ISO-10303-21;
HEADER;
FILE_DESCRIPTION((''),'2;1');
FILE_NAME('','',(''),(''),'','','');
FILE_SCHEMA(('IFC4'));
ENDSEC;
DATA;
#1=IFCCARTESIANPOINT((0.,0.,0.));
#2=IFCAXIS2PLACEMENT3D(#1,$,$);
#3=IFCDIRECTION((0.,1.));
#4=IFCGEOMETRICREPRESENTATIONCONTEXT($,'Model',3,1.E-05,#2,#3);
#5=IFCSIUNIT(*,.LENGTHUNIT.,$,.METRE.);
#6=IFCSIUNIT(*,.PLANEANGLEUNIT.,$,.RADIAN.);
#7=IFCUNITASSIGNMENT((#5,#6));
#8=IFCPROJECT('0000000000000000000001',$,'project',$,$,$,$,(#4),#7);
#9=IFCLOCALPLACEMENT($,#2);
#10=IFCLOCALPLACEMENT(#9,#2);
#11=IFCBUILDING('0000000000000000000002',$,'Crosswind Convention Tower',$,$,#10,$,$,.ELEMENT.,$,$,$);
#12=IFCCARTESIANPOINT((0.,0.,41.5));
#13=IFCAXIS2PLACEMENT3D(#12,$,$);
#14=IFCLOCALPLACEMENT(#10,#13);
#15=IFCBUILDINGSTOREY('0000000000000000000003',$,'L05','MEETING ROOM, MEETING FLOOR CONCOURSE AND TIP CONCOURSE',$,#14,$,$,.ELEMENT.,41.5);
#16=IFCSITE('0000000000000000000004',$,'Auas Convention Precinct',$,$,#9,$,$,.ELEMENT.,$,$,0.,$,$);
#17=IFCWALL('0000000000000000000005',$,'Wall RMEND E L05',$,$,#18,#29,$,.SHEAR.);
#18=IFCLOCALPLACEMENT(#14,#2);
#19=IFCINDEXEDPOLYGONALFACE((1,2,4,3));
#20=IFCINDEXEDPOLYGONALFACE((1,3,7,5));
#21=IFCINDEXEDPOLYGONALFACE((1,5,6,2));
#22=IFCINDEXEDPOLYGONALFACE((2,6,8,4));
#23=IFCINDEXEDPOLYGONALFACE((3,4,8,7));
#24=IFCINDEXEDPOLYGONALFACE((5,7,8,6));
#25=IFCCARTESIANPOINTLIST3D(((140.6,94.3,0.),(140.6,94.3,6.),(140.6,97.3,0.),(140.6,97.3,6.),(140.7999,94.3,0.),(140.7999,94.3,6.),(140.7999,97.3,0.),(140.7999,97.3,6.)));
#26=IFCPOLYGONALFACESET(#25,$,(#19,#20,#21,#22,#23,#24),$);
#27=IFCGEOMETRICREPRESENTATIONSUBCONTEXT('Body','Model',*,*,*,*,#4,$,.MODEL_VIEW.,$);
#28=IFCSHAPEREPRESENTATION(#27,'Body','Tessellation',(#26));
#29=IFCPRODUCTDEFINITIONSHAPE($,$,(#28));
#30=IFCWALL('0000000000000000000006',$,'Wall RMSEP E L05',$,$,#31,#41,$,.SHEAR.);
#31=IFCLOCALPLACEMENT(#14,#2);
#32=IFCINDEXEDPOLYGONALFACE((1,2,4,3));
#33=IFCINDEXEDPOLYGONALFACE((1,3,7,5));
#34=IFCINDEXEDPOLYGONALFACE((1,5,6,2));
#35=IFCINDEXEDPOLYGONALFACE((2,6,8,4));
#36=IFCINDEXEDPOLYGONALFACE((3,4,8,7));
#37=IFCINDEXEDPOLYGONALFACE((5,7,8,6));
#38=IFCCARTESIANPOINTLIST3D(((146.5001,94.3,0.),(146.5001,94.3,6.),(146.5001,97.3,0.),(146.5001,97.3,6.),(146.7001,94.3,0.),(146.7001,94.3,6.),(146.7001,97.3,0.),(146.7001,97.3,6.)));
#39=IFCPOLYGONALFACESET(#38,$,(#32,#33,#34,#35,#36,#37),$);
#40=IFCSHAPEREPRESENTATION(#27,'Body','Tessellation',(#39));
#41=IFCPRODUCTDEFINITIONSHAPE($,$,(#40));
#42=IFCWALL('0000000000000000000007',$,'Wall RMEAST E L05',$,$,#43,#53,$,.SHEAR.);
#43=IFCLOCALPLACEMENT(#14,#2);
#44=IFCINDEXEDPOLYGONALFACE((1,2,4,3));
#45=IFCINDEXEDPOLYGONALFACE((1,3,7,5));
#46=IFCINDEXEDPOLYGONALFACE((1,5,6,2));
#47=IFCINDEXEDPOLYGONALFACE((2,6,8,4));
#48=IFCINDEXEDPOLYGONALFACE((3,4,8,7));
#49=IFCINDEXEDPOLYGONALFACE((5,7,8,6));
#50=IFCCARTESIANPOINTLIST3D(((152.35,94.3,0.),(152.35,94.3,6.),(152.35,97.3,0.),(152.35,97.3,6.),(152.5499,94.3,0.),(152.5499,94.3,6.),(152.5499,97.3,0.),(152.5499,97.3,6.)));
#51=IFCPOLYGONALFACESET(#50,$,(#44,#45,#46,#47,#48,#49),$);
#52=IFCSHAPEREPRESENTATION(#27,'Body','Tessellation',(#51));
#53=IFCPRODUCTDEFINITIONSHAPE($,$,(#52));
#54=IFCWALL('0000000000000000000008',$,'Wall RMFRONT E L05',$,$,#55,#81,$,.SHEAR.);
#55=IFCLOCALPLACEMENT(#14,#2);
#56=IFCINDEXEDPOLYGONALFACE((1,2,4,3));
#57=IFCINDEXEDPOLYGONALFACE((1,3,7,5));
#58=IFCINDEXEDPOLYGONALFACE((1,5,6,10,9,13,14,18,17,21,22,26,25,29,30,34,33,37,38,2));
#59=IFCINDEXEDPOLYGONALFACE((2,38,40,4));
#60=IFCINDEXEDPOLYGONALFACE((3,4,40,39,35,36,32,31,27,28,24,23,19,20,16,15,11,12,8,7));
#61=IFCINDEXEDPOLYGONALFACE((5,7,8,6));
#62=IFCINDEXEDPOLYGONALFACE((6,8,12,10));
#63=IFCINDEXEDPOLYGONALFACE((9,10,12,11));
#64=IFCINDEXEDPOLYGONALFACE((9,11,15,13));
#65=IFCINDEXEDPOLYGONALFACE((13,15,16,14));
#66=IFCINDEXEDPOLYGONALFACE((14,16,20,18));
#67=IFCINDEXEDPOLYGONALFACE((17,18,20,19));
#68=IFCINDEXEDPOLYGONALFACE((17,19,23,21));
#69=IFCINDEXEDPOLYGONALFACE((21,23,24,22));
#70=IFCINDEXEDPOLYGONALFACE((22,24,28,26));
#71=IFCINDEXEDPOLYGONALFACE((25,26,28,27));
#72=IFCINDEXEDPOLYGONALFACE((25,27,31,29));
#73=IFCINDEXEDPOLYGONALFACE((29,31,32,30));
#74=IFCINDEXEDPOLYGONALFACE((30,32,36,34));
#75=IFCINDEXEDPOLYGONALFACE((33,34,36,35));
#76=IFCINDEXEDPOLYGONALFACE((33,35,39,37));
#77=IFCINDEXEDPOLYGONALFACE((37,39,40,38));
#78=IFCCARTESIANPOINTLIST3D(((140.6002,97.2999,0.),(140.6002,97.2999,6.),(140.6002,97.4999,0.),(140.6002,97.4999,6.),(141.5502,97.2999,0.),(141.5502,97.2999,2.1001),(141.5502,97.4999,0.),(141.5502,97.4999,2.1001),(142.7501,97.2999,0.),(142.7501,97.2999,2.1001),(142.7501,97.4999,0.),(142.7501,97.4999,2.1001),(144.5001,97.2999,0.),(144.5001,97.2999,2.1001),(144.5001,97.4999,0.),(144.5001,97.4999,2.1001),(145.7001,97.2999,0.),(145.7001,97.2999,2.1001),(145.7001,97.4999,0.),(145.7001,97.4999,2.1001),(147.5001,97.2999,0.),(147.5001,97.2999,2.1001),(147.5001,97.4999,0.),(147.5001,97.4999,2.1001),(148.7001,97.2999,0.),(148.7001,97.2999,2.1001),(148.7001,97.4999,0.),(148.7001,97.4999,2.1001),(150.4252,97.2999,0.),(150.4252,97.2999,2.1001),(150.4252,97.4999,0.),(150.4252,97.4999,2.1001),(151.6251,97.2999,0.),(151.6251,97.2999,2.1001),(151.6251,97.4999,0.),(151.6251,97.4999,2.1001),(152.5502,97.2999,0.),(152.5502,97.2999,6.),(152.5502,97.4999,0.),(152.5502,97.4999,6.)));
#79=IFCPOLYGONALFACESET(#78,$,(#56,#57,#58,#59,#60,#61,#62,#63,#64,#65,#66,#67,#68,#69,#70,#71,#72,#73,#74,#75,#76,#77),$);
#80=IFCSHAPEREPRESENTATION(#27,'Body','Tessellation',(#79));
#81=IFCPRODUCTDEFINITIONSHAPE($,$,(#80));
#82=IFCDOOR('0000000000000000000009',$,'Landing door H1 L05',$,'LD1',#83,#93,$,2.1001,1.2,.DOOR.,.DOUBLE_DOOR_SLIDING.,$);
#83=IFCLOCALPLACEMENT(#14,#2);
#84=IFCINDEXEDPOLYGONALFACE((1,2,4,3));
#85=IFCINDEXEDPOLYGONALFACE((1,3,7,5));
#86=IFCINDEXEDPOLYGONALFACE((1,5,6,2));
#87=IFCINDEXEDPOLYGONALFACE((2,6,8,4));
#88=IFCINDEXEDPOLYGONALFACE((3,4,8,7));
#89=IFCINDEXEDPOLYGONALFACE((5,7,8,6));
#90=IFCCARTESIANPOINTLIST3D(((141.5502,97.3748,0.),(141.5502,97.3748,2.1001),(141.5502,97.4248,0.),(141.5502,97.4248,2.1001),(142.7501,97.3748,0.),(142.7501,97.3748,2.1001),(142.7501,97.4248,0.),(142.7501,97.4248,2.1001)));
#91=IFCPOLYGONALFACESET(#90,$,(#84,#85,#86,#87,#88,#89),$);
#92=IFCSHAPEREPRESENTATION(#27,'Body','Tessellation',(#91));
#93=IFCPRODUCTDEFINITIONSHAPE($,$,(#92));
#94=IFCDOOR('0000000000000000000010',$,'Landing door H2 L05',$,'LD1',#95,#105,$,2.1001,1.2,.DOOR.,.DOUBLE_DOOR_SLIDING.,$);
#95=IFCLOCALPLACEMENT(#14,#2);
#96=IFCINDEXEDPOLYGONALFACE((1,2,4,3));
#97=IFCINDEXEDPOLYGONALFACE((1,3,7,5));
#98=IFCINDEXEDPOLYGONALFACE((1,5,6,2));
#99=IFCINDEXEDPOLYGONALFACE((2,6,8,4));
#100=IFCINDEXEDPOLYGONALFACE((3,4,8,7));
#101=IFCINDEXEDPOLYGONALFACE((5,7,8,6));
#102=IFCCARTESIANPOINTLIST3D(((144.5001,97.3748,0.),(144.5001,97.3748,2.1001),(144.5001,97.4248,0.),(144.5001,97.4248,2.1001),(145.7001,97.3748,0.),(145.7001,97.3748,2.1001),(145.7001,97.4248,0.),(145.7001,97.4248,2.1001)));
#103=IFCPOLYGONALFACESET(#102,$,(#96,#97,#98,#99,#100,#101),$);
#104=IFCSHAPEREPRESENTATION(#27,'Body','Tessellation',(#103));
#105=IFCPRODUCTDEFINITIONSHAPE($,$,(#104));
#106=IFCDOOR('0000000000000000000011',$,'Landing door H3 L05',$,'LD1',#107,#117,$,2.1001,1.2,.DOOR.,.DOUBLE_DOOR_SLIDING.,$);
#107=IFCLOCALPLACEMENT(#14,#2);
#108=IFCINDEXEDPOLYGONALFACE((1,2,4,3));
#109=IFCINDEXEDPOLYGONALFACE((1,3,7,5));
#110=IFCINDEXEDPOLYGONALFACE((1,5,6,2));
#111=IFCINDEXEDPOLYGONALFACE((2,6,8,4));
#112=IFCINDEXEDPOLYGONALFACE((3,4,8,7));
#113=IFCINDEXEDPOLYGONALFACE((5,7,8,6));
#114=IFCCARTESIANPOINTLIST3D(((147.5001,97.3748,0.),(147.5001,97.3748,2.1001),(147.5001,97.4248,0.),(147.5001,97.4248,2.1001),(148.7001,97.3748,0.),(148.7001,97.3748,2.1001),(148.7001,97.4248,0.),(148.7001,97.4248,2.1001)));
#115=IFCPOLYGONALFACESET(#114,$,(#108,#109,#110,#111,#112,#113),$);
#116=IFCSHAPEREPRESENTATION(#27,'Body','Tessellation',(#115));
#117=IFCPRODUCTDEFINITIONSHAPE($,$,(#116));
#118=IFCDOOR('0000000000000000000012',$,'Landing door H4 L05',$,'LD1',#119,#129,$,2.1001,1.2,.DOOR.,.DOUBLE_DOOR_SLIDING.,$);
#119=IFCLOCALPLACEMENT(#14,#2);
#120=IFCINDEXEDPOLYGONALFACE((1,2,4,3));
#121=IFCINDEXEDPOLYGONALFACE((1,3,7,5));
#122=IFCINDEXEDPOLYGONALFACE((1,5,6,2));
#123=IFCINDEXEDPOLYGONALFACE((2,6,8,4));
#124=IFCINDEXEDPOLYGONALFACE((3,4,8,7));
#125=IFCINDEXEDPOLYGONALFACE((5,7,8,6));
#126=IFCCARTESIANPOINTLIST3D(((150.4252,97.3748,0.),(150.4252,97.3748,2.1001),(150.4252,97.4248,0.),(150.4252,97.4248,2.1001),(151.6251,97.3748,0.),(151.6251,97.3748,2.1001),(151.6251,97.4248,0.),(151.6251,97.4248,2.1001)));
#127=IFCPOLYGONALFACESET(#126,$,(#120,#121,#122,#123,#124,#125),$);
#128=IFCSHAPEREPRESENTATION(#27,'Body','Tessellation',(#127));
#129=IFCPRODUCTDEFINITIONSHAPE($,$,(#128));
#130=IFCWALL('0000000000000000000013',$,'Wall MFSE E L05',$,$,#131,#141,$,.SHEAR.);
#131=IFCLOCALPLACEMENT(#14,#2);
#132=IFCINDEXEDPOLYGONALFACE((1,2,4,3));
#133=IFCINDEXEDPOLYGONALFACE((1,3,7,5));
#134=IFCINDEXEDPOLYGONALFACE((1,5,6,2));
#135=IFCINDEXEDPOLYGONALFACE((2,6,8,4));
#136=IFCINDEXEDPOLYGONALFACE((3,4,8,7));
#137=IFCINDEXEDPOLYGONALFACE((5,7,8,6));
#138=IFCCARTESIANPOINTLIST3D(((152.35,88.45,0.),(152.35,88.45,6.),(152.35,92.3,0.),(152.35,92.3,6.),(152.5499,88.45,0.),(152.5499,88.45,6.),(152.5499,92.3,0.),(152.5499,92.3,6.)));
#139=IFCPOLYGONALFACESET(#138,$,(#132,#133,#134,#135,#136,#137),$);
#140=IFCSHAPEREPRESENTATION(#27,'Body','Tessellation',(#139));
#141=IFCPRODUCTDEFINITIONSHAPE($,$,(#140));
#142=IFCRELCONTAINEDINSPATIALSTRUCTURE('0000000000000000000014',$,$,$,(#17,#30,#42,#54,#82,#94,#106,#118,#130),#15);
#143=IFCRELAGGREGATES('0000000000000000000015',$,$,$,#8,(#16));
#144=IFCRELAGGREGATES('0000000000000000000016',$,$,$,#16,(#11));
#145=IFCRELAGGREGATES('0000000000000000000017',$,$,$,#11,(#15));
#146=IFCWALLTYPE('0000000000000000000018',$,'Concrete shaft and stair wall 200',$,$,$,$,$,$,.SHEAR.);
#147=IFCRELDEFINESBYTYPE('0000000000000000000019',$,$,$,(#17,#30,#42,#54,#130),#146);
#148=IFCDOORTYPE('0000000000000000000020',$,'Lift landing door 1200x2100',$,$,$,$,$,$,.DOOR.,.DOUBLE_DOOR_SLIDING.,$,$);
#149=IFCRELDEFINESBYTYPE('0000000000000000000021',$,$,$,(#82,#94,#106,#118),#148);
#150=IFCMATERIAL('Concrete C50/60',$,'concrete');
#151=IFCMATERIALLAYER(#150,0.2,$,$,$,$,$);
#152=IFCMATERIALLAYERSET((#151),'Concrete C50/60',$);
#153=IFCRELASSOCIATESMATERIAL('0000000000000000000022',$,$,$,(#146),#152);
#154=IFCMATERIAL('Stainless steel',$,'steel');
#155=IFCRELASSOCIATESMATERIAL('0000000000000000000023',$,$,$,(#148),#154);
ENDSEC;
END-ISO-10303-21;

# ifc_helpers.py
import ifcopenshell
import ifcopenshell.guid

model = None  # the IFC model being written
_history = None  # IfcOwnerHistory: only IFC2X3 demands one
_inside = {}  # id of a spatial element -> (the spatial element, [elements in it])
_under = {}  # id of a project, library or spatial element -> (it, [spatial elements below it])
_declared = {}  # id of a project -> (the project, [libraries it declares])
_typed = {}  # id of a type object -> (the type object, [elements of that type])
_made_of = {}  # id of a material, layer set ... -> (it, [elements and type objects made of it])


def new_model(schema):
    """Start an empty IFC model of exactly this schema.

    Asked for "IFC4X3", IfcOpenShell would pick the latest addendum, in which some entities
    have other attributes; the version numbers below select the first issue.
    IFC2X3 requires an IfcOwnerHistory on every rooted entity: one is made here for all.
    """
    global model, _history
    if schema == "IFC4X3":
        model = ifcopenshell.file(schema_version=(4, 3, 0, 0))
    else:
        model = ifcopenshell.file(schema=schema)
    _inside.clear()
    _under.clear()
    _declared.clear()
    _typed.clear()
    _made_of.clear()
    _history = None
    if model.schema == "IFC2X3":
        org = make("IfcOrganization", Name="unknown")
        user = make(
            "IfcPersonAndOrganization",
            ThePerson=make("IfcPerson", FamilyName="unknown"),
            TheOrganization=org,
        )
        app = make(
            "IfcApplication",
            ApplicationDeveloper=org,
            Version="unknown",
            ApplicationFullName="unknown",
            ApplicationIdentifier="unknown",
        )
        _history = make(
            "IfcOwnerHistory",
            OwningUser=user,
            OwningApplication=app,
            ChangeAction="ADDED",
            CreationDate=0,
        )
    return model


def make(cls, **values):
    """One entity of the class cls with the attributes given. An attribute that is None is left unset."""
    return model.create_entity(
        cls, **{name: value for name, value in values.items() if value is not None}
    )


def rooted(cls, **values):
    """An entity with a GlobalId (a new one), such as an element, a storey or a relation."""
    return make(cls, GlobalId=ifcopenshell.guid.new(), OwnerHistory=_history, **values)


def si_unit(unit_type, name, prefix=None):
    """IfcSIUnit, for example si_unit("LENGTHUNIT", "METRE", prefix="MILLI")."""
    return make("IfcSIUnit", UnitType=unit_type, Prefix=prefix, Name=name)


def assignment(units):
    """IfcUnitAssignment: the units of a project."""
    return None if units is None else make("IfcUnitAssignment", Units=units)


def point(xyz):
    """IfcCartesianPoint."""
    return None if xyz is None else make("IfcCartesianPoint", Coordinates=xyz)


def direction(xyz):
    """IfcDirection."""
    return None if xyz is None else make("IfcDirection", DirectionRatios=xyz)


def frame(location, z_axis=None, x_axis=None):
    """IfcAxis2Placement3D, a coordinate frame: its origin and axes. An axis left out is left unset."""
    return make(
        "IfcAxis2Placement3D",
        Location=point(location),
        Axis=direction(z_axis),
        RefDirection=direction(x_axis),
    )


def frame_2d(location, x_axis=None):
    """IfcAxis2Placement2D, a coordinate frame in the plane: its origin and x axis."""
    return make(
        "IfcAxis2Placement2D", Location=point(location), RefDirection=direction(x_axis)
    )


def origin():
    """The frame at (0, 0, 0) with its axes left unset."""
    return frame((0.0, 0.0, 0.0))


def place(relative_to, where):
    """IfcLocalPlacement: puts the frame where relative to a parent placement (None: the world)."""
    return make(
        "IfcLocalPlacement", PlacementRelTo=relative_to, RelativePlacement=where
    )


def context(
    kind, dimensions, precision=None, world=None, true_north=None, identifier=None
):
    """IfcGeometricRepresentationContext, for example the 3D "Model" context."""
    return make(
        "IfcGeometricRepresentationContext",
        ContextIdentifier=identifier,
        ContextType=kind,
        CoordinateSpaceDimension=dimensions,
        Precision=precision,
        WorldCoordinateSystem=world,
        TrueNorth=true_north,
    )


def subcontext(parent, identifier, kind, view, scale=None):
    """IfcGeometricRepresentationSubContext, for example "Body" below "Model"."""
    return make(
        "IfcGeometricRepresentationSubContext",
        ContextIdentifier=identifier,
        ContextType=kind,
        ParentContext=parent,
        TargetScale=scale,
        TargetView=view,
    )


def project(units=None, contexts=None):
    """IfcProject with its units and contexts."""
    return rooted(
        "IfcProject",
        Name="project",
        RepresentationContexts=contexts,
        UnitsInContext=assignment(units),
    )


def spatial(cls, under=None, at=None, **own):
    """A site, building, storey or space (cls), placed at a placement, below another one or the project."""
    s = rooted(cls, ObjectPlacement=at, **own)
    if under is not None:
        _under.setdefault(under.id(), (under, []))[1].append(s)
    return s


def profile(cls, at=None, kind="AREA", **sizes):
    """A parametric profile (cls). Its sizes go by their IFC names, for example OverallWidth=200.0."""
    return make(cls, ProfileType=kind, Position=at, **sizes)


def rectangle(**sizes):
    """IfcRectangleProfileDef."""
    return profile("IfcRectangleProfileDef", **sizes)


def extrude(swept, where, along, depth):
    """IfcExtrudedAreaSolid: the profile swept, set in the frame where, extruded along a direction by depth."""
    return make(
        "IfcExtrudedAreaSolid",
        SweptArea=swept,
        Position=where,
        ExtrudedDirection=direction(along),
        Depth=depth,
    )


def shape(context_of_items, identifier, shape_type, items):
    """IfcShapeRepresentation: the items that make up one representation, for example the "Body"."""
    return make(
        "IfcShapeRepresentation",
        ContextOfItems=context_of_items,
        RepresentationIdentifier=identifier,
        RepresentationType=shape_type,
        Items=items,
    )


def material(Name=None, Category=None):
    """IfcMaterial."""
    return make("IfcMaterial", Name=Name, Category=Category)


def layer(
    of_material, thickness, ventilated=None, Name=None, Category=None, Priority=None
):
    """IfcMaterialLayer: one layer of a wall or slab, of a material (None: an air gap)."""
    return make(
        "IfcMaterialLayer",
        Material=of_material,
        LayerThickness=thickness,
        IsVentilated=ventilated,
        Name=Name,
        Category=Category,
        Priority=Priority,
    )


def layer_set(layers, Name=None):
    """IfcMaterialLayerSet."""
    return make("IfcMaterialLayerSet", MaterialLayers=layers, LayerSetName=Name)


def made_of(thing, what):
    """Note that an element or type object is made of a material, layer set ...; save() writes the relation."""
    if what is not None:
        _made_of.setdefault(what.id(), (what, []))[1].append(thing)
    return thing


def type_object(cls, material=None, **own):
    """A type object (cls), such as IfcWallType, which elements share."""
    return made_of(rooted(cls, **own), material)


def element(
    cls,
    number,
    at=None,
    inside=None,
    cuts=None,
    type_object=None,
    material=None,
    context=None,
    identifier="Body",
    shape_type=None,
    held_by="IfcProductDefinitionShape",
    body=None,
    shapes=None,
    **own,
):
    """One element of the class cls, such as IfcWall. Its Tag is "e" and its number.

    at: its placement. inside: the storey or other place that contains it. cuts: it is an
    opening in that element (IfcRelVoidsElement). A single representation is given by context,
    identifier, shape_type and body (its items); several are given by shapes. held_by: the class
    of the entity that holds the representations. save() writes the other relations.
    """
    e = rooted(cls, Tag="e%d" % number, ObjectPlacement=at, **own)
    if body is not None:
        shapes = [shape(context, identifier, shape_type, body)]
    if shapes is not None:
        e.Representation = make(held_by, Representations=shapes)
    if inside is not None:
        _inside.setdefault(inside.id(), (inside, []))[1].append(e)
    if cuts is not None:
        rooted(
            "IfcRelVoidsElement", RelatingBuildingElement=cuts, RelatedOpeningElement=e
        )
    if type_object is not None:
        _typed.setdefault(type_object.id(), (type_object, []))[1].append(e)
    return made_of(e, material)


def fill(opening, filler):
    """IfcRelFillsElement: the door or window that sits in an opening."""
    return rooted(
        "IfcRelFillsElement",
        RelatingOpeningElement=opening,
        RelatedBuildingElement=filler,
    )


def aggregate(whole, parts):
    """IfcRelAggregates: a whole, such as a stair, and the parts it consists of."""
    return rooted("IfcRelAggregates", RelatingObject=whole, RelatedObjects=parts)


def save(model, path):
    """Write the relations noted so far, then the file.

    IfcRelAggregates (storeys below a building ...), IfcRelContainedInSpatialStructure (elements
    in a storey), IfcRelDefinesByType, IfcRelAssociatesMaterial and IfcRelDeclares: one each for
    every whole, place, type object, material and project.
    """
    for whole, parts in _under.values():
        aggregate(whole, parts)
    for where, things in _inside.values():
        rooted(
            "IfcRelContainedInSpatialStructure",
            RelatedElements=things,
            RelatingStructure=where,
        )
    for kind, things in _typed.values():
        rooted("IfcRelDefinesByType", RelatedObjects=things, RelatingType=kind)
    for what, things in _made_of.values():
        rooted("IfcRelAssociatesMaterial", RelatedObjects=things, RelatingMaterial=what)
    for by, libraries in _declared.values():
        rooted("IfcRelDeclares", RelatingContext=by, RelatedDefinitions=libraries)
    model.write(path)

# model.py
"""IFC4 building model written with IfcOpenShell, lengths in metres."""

from ifc_helpers import new_model, si_unit, direction, frame, frame_2d, origin, place, context, subcontext, project, spatial, rectangle, extrude, material, layer, layer_set, type_object, element, fill, save


model = new_model("IFC4")

# Units and contexts
model_context = context("Model", 3, precision=1e-05, world=origin(), true_north=direction((0.0, 1.0)))
body_context = subcontext(model_context, "Body", "Model", "MODEL_VIEW")
ifc_project = project(units=[si_unit("LENGTHUNIT", "METRE"), si_unit("PLANEANGLEUNIT", "RADIAN")], contexts=[model_context])

# Site, building, storey
site_placement = place(None, origin())
site = spatial("IfcSite", under=ifc_project, at=site_placement, Name="Auas Convention Precinct", CompositionType="ELEMENT", RefElevation=0.0)
building_placement = place(site_placement, origin())
building = spatial("IfcBuilding", under=site, at=building_placement, Name="Crosswind Convention Tower", CompositionType="ELEMENT")
storey_placement = place(building_placement, frame((0.0, 0.0, 41.5)))
storey = spatial("IfcBuildingStorey", under=building, at=storey_placement, Name="L05", Description="MEETING ROOM, MEETING FLOOR CONCOURSE AND TIP CONCOURSE", CompositionType="ELEMENT", Elevation=41.5)

# Walls
ifc_material_1 = material(Name="Concrete C50/60", Category="concrete")
ifc_layer_1 = layer(ifc_material_1, 0.2)
ifc_layer_set_1 = layer_set([ifc_layer_1], Name="Concrete C50/60")
wall_type_1 = type_object("IfcWallType", Name="Concrete shaft and stair wall 200", PredefinedType="SHEAR", material=ifc_layer_set_1)
for number, where, z_axis, x_axis, name in (
    (1, (140.7, 94.3, 0.0), (0.0, 0.0, 1.0), (0.0, 1.0, 0.0), "Wall RMEND E L05"),
    (2, (146.6001, 94.3, 0.0), (0.0, 0.0, 1.0), (0.0, 1.0, 0.0), "Wall RMSEP E L05"),
    (3, (152.45, 94.3, 0.0), (0.0, 0.0, 1.0), (0.0, 1.0, 0.0), "Wall RMEAST E L05"),
):
    element("IfcWall", number, at=place(storey_placement, frame(where, z_axis=z_axis, x_axis=x_axis)), inside=storey, type_object=wall_type_1, Name=name, PredefinedType="SHEAR", context=body_context, shape_type="SweptSolid", body=[
        extrude(rectangle(XDim=3.0, YDim=0.2, at=frame_2d((1.5, 0.0))), origin(), (0.0, 0.0, 1.0), 6.0),
    ])

# Wall, openings, doors
wall_1_placement = place(storey_placement, frame((140.6001, 97.3999, 0.0), z_axis=(0.0, 0.0, 1.0), x_axis=(1.0, 0.0, 0.0)))
wall_1 = element("IfcWall", 4, at=wall_1_placement, inside=storey, type_object=wall_type_1, Name="Wall RMFRONT E L05", PredefinedType="SHEAR", context=body_context, shape_type="SweptSolid", body=[
    extrude(rectangle(XDim=11.95, YDim=0.2, at=frame_2d((5.9751, 0.0))), origin(), (0.0, 0.0, 1.0), 6.0),
])
opening_1_placement = place(wall_1_placement, frame((0.95, 0.0, 0.0)))
opening_1 = element("IfcOpeningElement", 5, at=opening_1_placement, cuts=wall_1, PredefinedType="OPENING", context=body_context, shape_type="SweptSolid", body=[
    extrude(rectangle(XDim=1.2, YDim=2.1001, at=frame_2d((0.6001, 1.05))), frame((0.0, 0.1099, 0.0), z_axis=(0.0, -1.0, 0.0), x_axis=(1.0, 0.0, 0.0)), (0.0, 0.0, 1.0), 0.22),
])
opening_2_placement = place(wall_1_placement, frame((3.8999, 0.0, 0.0)))
opening_2 = element("IfcOpeningElement", 6, at=opening_2_placement, cuts=wall_1, PredefinedType="OPENING", context=body_context, shape_type="SweptSolid", body=[
    extrude(rectangle(XDim=1.2, YDim=2.1001, at=frame_2d((0.6001, 1.05))), frame((0.0, 0.1099, 0.0), z_axis=(0.0, -1.0, 0.0), x_axis=(1.0, 0.0, 0.0)), (0.0, 0.0, 1.0), 0.22),
])
opening_3_placement = place(wall_1_placement, frame((6.8999, 0.0, 0.0)))
opening_3 = element("IfcOpeningElement", 7, at=opening_3_placement, cuts=wall_1, PredefinedType="OPENING", context=body_context, shape_type="SweptSolid", body=[
    extrude(rectangle(XDim=1.2, YDim=2.1001, at=frame_2d((0.6001, 1.05))), frame((0.0, 0.1099, 0.0), z_axis=(0.0, -1.0, 0.0), x_axis=(1.0, 0.0, 0.0)), (0.0, 0.0, 1.0), 0.22),
])
opening_4_placement = place(wall_1_placement, frame((9.825, 0.0, 0.0)))
opening_4 = element("IfcOpeningElement", 8, at=opening_4_placement, cuts=wall_1, PredefinedType="OPENING", context=body_context, shape_type="SweptSolid", body=[
    extrude(rectangle(XDim=1.2, YDim=2.1001, at=frame_2d((0.6001, 1.05))), frame((0.0, 0.1099, 0.0), z_axis=(0.0, -1.0, 0.0), x_axis=(1.0, 0.0, 0.0)), (0.0, 0.0, 1.0), 0.22),
])
ifc_material_2 = material(Name="Stainless steel", Category="steel")
door_type_1 = type_object("IfcDoorType", Name="Lift landing door 1200x2100", OperationType="DOUBLE_DOOR_SLIDING", PredefinedType="DOOR", material=ifc_material_2)
door_1_placement = place(opening_1_placement, origin())
door_1 = element("IfcDoor", 9, at=door_1_placement, inside=storey, type_object=door_type_1, Name="Landing door H1 L05", ObjectType="LD1", OperationType="DOUBLE_DOOR_SLIDING", OverallHeight=2.1001, OverallWidth=1.2, PredefinedType="DOOR", context=body_context, shape_type="SweptSolid", body=[
    extrude(rectangle(XDim=1.2, YDim=2.1001, at=frame_2d((0.6001, 1.05))), frame((0.0, 0.0249, 0.0), z_axis=(0.0, -1.0, 0.0), x_axis=(1.0, 0.0, 0.0)), (0.0, 0.0, 1.0), 0.05),
])
fill(opening_1, door_1)
door_2_placement = place(opening_2_placement, origin())
door_2 = element("IfcDoor", 10, at=door_2_placement, inside=storey, type_object=door_type_1, Name="Landing door H2 L05", ObjectType="LD1", OperationType="DOUBLE_DOOR_SLIDING", OverallHeight=2.1001, OverallWidth=1.2, PredefinedType="DOOR", context=body_context, shape_type="SweptSolid", body=[
    extrude(rectangle(XDim=1.2, YDim=2.1001, at=frame_2d((0.6001, 1.05))), frame((0.0, 0.0249, 0.0), z_axis=(0.0, -1.0, 0.0), x_axis=(1.0, 0.0, 0.0)), (0.0, 0.0, 1.0), 0.05),
])
fill(opening_2, door_2)
door_3_placement = place(opening_3_placement, origin())
door_3 = element("IfcDoor", 11, at=door_3_placement, inside=storey, type_object=door_type_1, Name="Landing door H3 L05", ObjectType="LD1", OperationType="DOUBLE_DOOR_SLIDING", OverallHeight=2.1001, OverallWidth=1.2, PredefinedType="DOOR", context=body_context, shape_type="SweptSolid", body=[
    extrude(rectangle(XDim=1.2, YDim=2.1001, at=frame_2d((0.6001, 1.05))), frame((0.0, 0.0249, 0.0), z_axis=(0.0, -1.0, 0.0), x_axis=(1.0, 0.0, 0.0)), (0.0, 0.0, 1.0), 0.05),
])
fill(opening_3, door_3)
door_4_placement = place(opening_4_placement, origin())
door_4 = element("IfcDoor", 12, at=door_4_placement, inside=storey, type_object=door_type_1, Name="Landing door H4 L05", ObjectType="LD1", OperationType="DOUBLE_DOOR_SLIDING", OverallHeight=2.1001, OverallWidth=1.2, PredefinedType="DOOR", context=body_context, shape_type="SweptSolid", body=[
    extrude(rectangle(XDim=1.2, YDim=2.1001, at=frame_2d((0.6001, 1.05))), frame((0.0, 0.0249, 0.0), z_axis=(0.0, -1.0, 0.0), x_axis=(1.0, 0.0, 0.0)), (0.0, 0.0, 1.0), 0.05),
])
fill(opening_4, door_4)

# Wall
wall_2_placement = place(storey_placement, frame((152.45, 88.45, 0.0), z_axis=(0.0, 0.0, 1.0), x_axis=(0.0, 1.0, 0.0)))
element("IfcWall", 13, at=wall_2_placement, inside=storey, type_object=wall_type_1, Name="Wall MFSE E L05", PredefinedType="SHEAR", context=body_context, shape_type="SweptSolid", body=[
    extrude(rectangle(XDim=3.8501, YDim=0.2, at=frame_2d((1.925, 0.0))), origin(), (0.0, 0.0, 1.0), 6.0),
])

save(model, "model.ifc")
